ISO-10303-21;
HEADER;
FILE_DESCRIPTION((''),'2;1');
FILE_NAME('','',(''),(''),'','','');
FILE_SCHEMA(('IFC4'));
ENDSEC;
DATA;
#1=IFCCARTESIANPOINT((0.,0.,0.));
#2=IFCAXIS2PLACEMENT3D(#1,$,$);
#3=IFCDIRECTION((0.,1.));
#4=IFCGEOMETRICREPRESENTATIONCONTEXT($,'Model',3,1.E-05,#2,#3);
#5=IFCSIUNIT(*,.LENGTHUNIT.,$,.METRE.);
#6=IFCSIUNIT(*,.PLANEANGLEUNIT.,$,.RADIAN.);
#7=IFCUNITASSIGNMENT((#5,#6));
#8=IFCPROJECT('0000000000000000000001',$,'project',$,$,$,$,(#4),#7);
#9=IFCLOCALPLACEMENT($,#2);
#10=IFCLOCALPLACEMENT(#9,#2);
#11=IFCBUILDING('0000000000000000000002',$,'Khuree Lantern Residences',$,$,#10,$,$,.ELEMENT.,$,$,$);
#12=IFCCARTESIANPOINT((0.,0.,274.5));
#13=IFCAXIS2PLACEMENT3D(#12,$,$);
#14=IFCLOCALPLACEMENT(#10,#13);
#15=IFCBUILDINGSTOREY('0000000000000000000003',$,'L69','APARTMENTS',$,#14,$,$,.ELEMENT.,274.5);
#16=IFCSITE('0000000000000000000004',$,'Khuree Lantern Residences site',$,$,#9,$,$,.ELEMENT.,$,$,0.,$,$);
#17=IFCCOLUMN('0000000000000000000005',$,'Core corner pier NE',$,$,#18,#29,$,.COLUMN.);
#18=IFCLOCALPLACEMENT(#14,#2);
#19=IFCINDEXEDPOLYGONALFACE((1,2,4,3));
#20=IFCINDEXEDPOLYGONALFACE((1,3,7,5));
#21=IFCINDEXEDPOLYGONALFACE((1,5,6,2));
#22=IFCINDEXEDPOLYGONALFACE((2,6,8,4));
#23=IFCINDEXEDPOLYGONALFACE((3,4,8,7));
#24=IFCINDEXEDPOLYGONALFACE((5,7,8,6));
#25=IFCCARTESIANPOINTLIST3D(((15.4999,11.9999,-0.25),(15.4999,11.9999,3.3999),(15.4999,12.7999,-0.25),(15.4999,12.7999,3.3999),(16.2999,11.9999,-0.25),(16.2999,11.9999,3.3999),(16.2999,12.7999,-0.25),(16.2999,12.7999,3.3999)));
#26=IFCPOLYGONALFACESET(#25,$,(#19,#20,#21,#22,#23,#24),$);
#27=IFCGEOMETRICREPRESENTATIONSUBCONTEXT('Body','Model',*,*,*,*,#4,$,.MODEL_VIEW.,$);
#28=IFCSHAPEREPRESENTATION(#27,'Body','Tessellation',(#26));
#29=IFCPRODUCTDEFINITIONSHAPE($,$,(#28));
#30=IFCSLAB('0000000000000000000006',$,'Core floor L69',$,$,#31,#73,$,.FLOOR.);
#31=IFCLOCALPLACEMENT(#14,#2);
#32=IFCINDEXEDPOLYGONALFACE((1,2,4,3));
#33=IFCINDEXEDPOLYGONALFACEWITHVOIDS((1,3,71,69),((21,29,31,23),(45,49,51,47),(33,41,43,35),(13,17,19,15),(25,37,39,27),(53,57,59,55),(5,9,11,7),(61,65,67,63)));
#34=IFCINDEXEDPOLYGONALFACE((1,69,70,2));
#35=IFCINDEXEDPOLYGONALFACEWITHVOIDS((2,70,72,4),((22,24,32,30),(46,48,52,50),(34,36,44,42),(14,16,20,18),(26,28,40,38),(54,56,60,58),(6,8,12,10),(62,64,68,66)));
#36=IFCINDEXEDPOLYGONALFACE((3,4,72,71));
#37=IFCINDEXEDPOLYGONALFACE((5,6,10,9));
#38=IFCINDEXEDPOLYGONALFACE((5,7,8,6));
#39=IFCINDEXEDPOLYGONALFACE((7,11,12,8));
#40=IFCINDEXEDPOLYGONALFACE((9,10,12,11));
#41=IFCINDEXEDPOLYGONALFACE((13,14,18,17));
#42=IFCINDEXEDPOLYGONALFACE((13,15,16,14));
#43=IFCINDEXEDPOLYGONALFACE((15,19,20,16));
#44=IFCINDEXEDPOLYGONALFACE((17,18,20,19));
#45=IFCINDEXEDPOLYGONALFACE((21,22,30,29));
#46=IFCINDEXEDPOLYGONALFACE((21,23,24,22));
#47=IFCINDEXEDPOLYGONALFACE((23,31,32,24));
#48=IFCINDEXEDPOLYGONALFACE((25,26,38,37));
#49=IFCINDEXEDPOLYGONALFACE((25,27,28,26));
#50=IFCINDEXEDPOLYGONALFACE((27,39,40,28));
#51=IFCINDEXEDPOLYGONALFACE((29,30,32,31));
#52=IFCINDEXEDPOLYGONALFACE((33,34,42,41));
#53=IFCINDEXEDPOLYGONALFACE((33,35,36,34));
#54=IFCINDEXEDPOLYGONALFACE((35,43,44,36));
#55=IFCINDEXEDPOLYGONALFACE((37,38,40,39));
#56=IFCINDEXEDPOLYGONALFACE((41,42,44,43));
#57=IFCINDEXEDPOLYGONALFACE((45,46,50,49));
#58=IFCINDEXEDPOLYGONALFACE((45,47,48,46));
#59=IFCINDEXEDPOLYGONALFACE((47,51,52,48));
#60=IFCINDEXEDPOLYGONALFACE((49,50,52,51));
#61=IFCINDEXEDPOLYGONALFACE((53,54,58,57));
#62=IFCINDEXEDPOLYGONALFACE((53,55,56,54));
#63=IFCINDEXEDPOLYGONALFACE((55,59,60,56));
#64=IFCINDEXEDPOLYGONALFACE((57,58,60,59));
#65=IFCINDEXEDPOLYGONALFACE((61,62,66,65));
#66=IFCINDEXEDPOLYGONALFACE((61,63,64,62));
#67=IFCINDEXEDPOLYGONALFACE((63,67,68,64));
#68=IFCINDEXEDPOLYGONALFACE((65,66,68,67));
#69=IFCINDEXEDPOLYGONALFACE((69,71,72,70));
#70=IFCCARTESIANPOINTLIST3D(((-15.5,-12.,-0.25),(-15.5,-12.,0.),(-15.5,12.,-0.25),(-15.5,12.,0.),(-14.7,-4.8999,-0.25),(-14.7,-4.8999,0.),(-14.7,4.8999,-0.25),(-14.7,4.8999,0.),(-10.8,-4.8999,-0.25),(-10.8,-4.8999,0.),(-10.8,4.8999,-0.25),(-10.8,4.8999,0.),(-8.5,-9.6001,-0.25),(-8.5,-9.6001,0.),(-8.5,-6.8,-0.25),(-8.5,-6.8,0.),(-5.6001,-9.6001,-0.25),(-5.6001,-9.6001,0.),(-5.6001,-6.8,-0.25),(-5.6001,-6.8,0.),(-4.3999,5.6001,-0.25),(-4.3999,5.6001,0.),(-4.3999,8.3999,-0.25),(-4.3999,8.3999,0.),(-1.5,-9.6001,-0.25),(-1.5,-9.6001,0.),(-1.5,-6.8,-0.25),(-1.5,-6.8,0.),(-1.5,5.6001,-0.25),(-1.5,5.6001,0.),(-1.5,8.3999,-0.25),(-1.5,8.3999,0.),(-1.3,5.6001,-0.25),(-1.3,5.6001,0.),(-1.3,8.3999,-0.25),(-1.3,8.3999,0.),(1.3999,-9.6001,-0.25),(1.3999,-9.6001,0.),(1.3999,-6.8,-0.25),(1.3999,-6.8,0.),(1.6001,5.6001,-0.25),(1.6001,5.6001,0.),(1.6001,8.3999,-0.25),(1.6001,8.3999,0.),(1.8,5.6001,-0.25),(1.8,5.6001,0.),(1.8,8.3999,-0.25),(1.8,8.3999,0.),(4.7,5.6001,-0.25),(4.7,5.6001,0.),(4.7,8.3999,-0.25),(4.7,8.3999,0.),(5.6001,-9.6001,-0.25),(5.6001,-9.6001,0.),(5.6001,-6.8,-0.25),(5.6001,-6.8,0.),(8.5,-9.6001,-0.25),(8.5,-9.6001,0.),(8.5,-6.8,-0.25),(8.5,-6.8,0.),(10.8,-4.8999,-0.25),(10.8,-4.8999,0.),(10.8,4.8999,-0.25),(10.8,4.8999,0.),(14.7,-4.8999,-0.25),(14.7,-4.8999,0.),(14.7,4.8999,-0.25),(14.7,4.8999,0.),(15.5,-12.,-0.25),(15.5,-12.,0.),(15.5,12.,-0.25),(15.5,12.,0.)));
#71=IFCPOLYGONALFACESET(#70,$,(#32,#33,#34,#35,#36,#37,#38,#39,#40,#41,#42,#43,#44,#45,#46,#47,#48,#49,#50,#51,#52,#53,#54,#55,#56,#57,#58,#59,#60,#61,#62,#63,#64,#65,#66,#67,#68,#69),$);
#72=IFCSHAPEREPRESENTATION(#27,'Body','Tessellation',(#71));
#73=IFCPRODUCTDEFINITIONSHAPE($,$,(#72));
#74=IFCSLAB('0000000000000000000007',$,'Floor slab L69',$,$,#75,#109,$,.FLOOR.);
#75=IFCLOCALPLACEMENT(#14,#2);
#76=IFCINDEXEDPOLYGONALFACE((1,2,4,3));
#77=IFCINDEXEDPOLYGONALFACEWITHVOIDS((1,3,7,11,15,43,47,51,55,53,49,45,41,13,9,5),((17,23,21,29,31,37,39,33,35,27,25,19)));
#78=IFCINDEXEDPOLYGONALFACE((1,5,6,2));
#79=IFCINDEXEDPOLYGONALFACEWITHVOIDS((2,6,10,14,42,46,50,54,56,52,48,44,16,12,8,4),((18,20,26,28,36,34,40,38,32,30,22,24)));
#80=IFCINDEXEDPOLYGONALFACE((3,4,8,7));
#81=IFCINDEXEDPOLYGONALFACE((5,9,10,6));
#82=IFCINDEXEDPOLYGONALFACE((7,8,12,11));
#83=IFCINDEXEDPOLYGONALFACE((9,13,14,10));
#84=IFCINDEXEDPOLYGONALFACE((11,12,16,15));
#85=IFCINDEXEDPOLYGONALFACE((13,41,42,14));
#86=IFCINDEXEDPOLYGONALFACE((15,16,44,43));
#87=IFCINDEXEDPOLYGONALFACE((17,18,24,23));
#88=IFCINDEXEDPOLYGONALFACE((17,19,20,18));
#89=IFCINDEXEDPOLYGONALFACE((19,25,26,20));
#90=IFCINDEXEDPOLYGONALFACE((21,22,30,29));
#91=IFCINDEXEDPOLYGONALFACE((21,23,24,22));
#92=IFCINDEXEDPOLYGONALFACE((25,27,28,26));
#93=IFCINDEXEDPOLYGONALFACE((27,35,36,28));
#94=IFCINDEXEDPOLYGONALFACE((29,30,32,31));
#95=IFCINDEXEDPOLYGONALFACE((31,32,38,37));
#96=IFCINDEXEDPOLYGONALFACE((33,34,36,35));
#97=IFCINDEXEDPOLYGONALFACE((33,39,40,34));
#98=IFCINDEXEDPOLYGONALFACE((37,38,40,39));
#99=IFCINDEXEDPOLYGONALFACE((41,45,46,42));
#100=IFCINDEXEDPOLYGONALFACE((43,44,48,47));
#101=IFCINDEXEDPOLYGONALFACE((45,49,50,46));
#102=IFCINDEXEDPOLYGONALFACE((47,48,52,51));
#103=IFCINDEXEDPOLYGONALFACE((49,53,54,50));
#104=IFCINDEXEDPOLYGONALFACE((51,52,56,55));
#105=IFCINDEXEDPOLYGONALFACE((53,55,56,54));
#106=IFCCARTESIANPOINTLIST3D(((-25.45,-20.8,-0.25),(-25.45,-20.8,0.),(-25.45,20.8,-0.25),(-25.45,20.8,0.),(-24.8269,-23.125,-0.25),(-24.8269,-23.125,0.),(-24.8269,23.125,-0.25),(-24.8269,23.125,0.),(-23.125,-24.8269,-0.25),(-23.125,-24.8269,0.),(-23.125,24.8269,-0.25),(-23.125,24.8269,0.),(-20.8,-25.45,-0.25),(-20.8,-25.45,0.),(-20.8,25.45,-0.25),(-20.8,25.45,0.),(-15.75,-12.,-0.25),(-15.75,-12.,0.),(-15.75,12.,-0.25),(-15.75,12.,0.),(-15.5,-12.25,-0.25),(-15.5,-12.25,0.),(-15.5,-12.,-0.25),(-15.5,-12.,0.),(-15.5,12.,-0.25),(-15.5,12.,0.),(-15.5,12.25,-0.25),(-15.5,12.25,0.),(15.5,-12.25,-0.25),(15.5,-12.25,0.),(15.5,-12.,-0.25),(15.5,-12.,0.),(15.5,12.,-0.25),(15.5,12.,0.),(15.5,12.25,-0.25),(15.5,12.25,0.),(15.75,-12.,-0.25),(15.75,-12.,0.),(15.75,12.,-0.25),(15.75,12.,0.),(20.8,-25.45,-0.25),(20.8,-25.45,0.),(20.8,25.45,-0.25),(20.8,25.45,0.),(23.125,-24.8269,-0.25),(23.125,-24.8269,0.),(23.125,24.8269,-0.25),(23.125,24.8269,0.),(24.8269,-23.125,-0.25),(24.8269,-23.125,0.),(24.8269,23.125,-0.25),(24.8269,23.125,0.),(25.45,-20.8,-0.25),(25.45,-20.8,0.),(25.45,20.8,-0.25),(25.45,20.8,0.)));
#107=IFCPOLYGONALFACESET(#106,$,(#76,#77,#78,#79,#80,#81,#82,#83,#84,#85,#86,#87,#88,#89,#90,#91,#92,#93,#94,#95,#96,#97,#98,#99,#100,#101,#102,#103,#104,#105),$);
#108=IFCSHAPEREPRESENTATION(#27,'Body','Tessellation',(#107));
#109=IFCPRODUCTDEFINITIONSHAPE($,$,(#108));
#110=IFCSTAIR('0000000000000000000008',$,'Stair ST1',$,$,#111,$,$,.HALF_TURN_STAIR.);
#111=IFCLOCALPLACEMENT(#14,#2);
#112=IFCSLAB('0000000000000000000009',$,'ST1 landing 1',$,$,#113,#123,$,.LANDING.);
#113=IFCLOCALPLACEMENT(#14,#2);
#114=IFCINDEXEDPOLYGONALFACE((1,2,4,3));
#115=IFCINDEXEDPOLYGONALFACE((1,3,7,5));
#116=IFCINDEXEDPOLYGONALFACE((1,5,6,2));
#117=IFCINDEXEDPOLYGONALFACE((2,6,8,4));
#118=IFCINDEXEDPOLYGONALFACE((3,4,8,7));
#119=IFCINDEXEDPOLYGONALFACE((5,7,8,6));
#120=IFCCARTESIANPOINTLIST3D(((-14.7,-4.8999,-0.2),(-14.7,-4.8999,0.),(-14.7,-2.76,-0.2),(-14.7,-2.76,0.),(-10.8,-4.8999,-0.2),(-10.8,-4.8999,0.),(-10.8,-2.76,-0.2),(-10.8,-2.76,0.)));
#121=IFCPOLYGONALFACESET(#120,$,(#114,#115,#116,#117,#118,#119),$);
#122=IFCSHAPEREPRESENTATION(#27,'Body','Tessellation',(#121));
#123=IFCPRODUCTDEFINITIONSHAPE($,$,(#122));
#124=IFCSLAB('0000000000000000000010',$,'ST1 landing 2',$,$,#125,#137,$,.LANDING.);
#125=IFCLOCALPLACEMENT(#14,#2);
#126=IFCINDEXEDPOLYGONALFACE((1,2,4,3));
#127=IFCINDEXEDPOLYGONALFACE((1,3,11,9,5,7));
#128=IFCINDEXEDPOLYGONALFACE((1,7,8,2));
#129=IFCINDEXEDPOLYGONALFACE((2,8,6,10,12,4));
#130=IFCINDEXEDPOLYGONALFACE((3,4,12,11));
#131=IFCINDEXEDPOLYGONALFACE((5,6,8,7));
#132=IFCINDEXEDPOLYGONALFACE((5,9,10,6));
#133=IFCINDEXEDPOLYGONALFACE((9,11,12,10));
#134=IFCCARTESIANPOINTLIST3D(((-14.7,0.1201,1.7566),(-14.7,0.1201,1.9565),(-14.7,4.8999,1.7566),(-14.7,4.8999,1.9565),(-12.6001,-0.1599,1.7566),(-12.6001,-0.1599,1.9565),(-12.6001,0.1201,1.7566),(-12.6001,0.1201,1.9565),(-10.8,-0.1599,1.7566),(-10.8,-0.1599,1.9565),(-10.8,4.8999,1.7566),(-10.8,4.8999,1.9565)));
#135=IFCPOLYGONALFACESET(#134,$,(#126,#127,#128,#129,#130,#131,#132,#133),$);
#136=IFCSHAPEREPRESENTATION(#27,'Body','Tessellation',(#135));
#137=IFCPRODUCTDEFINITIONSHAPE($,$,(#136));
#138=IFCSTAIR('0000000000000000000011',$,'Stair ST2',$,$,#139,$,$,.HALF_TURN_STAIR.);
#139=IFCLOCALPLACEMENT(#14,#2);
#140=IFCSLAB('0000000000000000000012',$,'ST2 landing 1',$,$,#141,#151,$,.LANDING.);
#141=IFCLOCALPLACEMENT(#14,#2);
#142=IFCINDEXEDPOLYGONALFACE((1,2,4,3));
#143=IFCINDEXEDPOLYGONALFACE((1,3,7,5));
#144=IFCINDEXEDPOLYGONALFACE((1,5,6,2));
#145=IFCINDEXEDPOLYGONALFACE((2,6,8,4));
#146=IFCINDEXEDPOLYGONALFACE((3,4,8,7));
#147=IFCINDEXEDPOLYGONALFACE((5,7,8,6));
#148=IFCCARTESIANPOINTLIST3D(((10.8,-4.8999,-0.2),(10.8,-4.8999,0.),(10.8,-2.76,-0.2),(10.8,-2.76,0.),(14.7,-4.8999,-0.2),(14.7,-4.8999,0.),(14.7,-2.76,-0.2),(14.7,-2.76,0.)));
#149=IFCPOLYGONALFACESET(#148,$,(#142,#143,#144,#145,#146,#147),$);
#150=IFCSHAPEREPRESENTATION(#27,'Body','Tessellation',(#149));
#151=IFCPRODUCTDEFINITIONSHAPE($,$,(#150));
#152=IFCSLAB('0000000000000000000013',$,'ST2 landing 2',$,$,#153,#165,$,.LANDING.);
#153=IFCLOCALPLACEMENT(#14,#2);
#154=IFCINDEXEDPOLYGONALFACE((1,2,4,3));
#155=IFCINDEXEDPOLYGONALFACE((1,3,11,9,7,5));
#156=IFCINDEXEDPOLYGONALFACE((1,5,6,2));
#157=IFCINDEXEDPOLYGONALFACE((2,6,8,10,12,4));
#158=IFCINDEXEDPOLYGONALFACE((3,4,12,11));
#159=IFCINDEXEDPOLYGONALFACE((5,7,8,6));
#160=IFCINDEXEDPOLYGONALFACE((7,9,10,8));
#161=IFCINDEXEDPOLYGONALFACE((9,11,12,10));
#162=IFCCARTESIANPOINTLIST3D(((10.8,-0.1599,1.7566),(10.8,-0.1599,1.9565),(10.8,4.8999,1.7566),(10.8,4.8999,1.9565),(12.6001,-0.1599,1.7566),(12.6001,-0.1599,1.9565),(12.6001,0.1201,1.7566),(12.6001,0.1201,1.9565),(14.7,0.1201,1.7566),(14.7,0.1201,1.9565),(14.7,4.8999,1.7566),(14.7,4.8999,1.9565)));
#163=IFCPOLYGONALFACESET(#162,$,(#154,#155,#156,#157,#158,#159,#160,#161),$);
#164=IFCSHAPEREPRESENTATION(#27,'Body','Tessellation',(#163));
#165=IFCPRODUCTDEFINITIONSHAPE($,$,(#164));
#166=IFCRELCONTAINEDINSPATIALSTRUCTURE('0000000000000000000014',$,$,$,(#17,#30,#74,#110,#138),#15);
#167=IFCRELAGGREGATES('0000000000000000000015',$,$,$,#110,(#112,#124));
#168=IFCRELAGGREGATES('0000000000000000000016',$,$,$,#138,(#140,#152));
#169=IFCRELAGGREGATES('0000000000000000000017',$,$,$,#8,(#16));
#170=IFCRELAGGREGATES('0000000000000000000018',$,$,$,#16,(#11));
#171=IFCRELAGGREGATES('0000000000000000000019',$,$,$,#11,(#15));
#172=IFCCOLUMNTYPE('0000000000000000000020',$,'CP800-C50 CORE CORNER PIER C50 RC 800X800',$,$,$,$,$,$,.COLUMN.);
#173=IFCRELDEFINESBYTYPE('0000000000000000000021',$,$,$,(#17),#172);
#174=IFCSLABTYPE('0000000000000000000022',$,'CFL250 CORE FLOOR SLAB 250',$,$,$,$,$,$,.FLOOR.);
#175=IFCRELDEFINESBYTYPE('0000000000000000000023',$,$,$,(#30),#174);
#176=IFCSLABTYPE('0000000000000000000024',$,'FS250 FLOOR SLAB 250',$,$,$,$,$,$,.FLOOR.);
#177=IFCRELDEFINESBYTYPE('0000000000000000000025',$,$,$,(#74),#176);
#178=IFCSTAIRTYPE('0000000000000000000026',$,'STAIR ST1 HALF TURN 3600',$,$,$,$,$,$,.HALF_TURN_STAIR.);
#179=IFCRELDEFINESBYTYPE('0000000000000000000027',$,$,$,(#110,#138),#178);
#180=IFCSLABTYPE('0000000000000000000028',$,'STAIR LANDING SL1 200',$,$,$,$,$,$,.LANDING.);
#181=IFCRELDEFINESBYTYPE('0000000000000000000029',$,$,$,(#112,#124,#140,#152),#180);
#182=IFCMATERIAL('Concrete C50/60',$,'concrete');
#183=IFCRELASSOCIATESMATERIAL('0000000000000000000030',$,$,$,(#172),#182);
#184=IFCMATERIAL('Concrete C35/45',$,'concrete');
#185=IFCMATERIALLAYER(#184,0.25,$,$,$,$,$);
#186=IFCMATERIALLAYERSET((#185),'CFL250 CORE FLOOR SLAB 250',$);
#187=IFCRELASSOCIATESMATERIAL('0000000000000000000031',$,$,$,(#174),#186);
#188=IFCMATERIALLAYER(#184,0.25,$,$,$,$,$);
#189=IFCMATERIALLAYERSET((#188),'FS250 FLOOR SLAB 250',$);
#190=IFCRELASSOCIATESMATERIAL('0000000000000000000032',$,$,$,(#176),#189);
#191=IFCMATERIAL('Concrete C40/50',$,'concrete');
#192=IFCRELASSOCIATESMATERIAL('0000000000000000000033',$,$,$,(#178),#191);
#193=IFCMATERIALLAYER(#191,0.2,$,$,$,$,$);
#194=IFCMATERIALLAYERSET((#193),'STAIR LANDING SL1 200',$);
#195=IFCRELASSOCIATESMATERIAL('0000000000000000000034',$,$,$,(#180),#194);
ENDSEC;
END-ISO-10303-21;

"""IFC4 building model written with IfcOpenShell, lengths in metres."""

from ifc_helpers import new_model, si_unit, direction, frame, origin, origin_2d, place, context, subcontext, project, spatial, polyline, rectangle, outline, extrude, material, layer, layer_set, material_profile, profile_set, type_object, element, aggregate, save


model = new_model("IFC4")

# Units and contexts
model_context = context("Model", 3, precision=1e-05, world=origin(), true_north=direction((0.0, 1.0)))
body_context = subcontext(model_context, "Body", "Model", "MODEL_VIEW")
ifc_project = project(units=[si_unit("LENGTHUNIT", "METRE"), si_unit("PLANEANGLEUNIT", "RADIAN")], contexts=[model_context])

# Site, building, storey
site_placement = place(None, origin())
site = spatial("IfcSite", under=ifc_project, at=site_placement, Name="Khuree Lantern Residences site", CompositionType="ELEMENT", RefElevation=0.0)
building_placement = place(site_placement, origin())
building = spatial("IfcBuilding", under=site, at=building_placement, Name="Khuree Lantern Residences", CompositionType="ELEMENT")
storey_placement = place(building_placement, frame((0.0, 0.0, 274.5)))
storey = spatial("IfcBuildingStorey", under=building, at=storey_placement, Name="L69", Description="APARTMENTS", CompositionType="ELEMENT", Elevation=274.5)

# Column
ifc_material_1 = material(Name="Concrete C50/60", Category="concrete")
ifc_material_profile = material_profile(ifc_material_1, rectangle(XDim=0.8, YDim=0.8, at=origin_2d()), Name="RC 800X800")
ifc_profile_set = profile_set([ifc_material_profile], Name="Concrete C50/60")
column_type = type_object("IfcColumnType", Name="CP800-C50 CORE CORNER PIER C50 RC 800X800", PredefinedType="COLUMN", material=ifc_profile_set)
column_placement = place(storey_placement, frame((15.8999, 12.3999, -0.25), z_axis=(0.0, 0.0, 1.0), x_axis=(1.0, 0.0, 0.0)))
element("IfcColumn", 1, at=column_placement, inside=storey, type_object=column_type, Name="Core corner pier NE", PredefinedType="COLUMN", context=body_context, shape_type="SweptSolid", body=[
    extrude(rectangle(XDim=0.8, YDim=0.8, at=origin_2d()), origin(), (0.0, 0.0, 1.0), 3.6499),
])

# Slabs
ifc_material_2 = material(Name="Concrete C35/45", Category="concrete")
ifc_layer_1 = layer(ifc_material_2, 0.25)
ifc_layer_set_1 = layer_set([ifc_layer_1], Name="CFL250 CORE FLOOR SLAB 250")
slab_type_1 = type_object("IfcSlabType", Name="CFL250 CORE FLOOR SLAB 250", PredefinedType="FLOOR", material=ifc_layer_set_1)
slab_1_placement = place(storey_placement, frame((0.0, 0.0, -0.25)))
element("IfcSlab", 2, at=slab_1_placement, inside=storey, type_object=slab_type_1, Name="Core floor L69", PredefinedType="FLOOR", context=body_context, shape_type="SweptSolid", body=[
    extrude(outline(polyline([(-15.5, -12.0), (-15.5, 12.0), (15.5, 12.0), (15.5, -12.0), (-15.5, -12.0)]), holes=[polyline([(10.8, 4.8999), (10.8, -4.8999), (14.7, -4.8999), (14.7, 4.8999), (10.8, 4.8999)]), polyline([(5.6001, -6.8), (5.6001, -9.6001), (8.5, -9.6001), (8.5, -6.8), (5.6001, -6.8)]), polyline([(1.8, 8.3999), (1.8, 5.6001), (4.7, 5.6001), (4.7, 8.3999), (1.8, 8.3999)]), polyline([(-1.3, 8.3999), (-1.3, 5.6001), (1.6001, 5.6001), (1.6001, 8.3999), (-1.3, 8.3999)]), polyline([(-1.5, -6.8), (-1.5, -9.6001), (1.3999, -9.6001), (1.3999, -6.8), (-1.5, -6.8)]), polyline([(-4.3999, 8.3999), (-4.3999, 5.6001), (-1.5, 5.6001), (-1.5, 8.3999), (-4.3999, 8.3999)]), polyline([(-8.5, -6.8), (-8.5, -9.6001), (-5.6001, -9.6001), (-5.6001, -6.8), (-8.5, -6.8)]), polyline([(-14.7, 4.8999), (-14.7, -4.8999), (-10.8, -4.8999), (-10.8, 4.8999), (-14.7, 4.8999)])]), origin(), (0.0, 0.0, 1.0), 0.25),
])
ifc_layer_2 = layer(ifc_material_2, 0.25)
ifc_layer_set_2 = layer_set([ifc_layer_2], Name="FS250 FLOOR SLAB 250")
slab_type_2 = type_object("IfcSlabType", Name="FS250 FLOOR SLAB 250", PredefinedType="FLOOR", material=ifc_layer_set_2)
slab_2_placement = place(storey_placement, frame((0.0, 0.0, -0.25)))
element("IfcSlab", 3, at=slab_2_placement, inside=storey, type_object=slab_type_2, Name="Floor slab L69", PredefinedType="FLOOR", context=body_context, shape_type="SweptSolid", body=[
    extrude(outline(polyline([(-23.125, -24.8269), (-24.8269, -23.125), (-25.45, -20.8), (-25.45, 20.8), (-24.8269, 23.125), (-23.125, 24.8269), (-20.8, 25.45), (20.8, 25.45), (23.125, 24.8269), (24.8269, 23.125), (25.45, 20.8), (25.45, -20.8), (24.8269, -23.125), (23.125, -24.8269), (20.8, -25.45), (-20.8, -25.45), (-23.125, -24.8269)]), holes=[polyline([(15.75, 12.0), (15.5, 12.0), (15.5, 12.25), (-15.5, 12.25), (-15.5, 12.0), (-15.75, 12.0), (-15.75, -12.0), (-15.5, -12.0), (-15.5, -12.25), (15.5, -12.25), (15.5, -12.0), (15.75, -12.0), (15.75, 12.0)])]), origin(), (0.0, 0.0, 1.0), 0.25),
])

# Stairs, slabs
ifc_material_3 = material(Name="Concrete C40/50", Category="concrete")
stair_type = type_object("IfcStairType", Name="STAIR ST1 HALF TURN 3600", PredefinedType="HALF_TURN_STAIR", material=ifc_material_3)
stair_1_placement = place(storey_placement, origin())
stair_1 = element("IfcStair", 4, at=stair_1_placement, inside=storey, type_object=stair_type, Name="Stair ST1", PredefinedType="HALF_TURN_STAIR")
ifc_layer_3 = layer(ifc_material_3, 0.2)
ifc_layer_set_3 = layer_set([ifc_layer_3], Name="STAIR LANDING SL1 200")
slab_type_3 = type_object("IfcSlabType", Name="STAIR LANDING SL1 200", PredefinedType="LANDING", material=ifc_layer_set_3)
slab_3_placement = place(storey_placement, frame((0.0, 0.0, -0.2)))
slab_3 = element("IfcSlab", 5, at=slab_3_placement, type_object=slab_type_3, Name="ST1 landing 1", PredefinedType="LANDING", context=body_context, shape_type="SweptSolid", body=[
    extrude(outline(polyline([(-14.7, -4.8999), (-10.8, -4.8999), (-10.8, -2.76), (-14.7, -2.76), (-14.7, -4.8999)])), origin(), (0.0, 0.0, 1.0), 0.2),
])
slab_4_placement = place(storey_placement, frame((0.0, 0.0, 1.7566)))
slab_4 = element("IfcSlab", 6, at=slab_4_placement, type_object=slab_type_3, Name="ST1 landing 2", PredefinedType="LANDING", context=body_context, shape_type="SweptSolid", body=[
    extrude(outline(polyline([(-14.7, 0.1201), (-14.7, 4.8999), (-10.8, 4.8999), (-10.8, -0.1599), (-12.6001, -0.1599), (-12.6001, 0.1201), (-14.7, 0.1201)])), origin(), (0.0, 0.0, 1.0), 0.2),
])
aggregate(stair_1, [slab_3, slab_4])
stair_2_placement = place(storey_placement, origin())
stair_2 = element("IfcStair", 7, at=stair_2_placement, inside=storey, type_object=stair_type, Name="Stair ST2", PredefinedType="HALF_TURN_STAIR")
slab_5_placement = place(storey_placement, frame((0.0, 0.0, -0.2)))
slab_5 = element("IfcSlab", 8, at=slab_5_placement, type_object=slab_type_3, Name="ST2 landing 1", PredefinedType="LANDING", context=body_context, shape_type="SweptSolid", body=[
    extrude(outline(polyline([(10.8, -4.8999), (14.7, -4.8999), (14.7, -2.76), (10.8, -2.76), (10.8, -4.8999)])), origin(), (0.0, 0.0, 1.0), 0.2),
])
slab_6_placement = place(storey_placement, frame((0.0, 0.0, 1.7566)))
slab_6 = element("IfcSlab", 9, at=slab_6_placement, type_object=slab_type_3, Name="ST2 landing 2", PredefinedType="LANDING", context=body_context, shape_type="SweptSolid", body=[
    extrude(outline(polyline([(14.7, 4.8999), (14.7, 0.1201), (12.6001, 0.1201), (12.6001, -0.1599), (10.8, -0.1599), (10.8, 4.8999), (14.7, 4.8999)])), origin(), (0.0, 0.0, 1.0), 0.2),
])

aggregate(stair_2, [slab_5, slab_6])

save(model, "model.ifc")
